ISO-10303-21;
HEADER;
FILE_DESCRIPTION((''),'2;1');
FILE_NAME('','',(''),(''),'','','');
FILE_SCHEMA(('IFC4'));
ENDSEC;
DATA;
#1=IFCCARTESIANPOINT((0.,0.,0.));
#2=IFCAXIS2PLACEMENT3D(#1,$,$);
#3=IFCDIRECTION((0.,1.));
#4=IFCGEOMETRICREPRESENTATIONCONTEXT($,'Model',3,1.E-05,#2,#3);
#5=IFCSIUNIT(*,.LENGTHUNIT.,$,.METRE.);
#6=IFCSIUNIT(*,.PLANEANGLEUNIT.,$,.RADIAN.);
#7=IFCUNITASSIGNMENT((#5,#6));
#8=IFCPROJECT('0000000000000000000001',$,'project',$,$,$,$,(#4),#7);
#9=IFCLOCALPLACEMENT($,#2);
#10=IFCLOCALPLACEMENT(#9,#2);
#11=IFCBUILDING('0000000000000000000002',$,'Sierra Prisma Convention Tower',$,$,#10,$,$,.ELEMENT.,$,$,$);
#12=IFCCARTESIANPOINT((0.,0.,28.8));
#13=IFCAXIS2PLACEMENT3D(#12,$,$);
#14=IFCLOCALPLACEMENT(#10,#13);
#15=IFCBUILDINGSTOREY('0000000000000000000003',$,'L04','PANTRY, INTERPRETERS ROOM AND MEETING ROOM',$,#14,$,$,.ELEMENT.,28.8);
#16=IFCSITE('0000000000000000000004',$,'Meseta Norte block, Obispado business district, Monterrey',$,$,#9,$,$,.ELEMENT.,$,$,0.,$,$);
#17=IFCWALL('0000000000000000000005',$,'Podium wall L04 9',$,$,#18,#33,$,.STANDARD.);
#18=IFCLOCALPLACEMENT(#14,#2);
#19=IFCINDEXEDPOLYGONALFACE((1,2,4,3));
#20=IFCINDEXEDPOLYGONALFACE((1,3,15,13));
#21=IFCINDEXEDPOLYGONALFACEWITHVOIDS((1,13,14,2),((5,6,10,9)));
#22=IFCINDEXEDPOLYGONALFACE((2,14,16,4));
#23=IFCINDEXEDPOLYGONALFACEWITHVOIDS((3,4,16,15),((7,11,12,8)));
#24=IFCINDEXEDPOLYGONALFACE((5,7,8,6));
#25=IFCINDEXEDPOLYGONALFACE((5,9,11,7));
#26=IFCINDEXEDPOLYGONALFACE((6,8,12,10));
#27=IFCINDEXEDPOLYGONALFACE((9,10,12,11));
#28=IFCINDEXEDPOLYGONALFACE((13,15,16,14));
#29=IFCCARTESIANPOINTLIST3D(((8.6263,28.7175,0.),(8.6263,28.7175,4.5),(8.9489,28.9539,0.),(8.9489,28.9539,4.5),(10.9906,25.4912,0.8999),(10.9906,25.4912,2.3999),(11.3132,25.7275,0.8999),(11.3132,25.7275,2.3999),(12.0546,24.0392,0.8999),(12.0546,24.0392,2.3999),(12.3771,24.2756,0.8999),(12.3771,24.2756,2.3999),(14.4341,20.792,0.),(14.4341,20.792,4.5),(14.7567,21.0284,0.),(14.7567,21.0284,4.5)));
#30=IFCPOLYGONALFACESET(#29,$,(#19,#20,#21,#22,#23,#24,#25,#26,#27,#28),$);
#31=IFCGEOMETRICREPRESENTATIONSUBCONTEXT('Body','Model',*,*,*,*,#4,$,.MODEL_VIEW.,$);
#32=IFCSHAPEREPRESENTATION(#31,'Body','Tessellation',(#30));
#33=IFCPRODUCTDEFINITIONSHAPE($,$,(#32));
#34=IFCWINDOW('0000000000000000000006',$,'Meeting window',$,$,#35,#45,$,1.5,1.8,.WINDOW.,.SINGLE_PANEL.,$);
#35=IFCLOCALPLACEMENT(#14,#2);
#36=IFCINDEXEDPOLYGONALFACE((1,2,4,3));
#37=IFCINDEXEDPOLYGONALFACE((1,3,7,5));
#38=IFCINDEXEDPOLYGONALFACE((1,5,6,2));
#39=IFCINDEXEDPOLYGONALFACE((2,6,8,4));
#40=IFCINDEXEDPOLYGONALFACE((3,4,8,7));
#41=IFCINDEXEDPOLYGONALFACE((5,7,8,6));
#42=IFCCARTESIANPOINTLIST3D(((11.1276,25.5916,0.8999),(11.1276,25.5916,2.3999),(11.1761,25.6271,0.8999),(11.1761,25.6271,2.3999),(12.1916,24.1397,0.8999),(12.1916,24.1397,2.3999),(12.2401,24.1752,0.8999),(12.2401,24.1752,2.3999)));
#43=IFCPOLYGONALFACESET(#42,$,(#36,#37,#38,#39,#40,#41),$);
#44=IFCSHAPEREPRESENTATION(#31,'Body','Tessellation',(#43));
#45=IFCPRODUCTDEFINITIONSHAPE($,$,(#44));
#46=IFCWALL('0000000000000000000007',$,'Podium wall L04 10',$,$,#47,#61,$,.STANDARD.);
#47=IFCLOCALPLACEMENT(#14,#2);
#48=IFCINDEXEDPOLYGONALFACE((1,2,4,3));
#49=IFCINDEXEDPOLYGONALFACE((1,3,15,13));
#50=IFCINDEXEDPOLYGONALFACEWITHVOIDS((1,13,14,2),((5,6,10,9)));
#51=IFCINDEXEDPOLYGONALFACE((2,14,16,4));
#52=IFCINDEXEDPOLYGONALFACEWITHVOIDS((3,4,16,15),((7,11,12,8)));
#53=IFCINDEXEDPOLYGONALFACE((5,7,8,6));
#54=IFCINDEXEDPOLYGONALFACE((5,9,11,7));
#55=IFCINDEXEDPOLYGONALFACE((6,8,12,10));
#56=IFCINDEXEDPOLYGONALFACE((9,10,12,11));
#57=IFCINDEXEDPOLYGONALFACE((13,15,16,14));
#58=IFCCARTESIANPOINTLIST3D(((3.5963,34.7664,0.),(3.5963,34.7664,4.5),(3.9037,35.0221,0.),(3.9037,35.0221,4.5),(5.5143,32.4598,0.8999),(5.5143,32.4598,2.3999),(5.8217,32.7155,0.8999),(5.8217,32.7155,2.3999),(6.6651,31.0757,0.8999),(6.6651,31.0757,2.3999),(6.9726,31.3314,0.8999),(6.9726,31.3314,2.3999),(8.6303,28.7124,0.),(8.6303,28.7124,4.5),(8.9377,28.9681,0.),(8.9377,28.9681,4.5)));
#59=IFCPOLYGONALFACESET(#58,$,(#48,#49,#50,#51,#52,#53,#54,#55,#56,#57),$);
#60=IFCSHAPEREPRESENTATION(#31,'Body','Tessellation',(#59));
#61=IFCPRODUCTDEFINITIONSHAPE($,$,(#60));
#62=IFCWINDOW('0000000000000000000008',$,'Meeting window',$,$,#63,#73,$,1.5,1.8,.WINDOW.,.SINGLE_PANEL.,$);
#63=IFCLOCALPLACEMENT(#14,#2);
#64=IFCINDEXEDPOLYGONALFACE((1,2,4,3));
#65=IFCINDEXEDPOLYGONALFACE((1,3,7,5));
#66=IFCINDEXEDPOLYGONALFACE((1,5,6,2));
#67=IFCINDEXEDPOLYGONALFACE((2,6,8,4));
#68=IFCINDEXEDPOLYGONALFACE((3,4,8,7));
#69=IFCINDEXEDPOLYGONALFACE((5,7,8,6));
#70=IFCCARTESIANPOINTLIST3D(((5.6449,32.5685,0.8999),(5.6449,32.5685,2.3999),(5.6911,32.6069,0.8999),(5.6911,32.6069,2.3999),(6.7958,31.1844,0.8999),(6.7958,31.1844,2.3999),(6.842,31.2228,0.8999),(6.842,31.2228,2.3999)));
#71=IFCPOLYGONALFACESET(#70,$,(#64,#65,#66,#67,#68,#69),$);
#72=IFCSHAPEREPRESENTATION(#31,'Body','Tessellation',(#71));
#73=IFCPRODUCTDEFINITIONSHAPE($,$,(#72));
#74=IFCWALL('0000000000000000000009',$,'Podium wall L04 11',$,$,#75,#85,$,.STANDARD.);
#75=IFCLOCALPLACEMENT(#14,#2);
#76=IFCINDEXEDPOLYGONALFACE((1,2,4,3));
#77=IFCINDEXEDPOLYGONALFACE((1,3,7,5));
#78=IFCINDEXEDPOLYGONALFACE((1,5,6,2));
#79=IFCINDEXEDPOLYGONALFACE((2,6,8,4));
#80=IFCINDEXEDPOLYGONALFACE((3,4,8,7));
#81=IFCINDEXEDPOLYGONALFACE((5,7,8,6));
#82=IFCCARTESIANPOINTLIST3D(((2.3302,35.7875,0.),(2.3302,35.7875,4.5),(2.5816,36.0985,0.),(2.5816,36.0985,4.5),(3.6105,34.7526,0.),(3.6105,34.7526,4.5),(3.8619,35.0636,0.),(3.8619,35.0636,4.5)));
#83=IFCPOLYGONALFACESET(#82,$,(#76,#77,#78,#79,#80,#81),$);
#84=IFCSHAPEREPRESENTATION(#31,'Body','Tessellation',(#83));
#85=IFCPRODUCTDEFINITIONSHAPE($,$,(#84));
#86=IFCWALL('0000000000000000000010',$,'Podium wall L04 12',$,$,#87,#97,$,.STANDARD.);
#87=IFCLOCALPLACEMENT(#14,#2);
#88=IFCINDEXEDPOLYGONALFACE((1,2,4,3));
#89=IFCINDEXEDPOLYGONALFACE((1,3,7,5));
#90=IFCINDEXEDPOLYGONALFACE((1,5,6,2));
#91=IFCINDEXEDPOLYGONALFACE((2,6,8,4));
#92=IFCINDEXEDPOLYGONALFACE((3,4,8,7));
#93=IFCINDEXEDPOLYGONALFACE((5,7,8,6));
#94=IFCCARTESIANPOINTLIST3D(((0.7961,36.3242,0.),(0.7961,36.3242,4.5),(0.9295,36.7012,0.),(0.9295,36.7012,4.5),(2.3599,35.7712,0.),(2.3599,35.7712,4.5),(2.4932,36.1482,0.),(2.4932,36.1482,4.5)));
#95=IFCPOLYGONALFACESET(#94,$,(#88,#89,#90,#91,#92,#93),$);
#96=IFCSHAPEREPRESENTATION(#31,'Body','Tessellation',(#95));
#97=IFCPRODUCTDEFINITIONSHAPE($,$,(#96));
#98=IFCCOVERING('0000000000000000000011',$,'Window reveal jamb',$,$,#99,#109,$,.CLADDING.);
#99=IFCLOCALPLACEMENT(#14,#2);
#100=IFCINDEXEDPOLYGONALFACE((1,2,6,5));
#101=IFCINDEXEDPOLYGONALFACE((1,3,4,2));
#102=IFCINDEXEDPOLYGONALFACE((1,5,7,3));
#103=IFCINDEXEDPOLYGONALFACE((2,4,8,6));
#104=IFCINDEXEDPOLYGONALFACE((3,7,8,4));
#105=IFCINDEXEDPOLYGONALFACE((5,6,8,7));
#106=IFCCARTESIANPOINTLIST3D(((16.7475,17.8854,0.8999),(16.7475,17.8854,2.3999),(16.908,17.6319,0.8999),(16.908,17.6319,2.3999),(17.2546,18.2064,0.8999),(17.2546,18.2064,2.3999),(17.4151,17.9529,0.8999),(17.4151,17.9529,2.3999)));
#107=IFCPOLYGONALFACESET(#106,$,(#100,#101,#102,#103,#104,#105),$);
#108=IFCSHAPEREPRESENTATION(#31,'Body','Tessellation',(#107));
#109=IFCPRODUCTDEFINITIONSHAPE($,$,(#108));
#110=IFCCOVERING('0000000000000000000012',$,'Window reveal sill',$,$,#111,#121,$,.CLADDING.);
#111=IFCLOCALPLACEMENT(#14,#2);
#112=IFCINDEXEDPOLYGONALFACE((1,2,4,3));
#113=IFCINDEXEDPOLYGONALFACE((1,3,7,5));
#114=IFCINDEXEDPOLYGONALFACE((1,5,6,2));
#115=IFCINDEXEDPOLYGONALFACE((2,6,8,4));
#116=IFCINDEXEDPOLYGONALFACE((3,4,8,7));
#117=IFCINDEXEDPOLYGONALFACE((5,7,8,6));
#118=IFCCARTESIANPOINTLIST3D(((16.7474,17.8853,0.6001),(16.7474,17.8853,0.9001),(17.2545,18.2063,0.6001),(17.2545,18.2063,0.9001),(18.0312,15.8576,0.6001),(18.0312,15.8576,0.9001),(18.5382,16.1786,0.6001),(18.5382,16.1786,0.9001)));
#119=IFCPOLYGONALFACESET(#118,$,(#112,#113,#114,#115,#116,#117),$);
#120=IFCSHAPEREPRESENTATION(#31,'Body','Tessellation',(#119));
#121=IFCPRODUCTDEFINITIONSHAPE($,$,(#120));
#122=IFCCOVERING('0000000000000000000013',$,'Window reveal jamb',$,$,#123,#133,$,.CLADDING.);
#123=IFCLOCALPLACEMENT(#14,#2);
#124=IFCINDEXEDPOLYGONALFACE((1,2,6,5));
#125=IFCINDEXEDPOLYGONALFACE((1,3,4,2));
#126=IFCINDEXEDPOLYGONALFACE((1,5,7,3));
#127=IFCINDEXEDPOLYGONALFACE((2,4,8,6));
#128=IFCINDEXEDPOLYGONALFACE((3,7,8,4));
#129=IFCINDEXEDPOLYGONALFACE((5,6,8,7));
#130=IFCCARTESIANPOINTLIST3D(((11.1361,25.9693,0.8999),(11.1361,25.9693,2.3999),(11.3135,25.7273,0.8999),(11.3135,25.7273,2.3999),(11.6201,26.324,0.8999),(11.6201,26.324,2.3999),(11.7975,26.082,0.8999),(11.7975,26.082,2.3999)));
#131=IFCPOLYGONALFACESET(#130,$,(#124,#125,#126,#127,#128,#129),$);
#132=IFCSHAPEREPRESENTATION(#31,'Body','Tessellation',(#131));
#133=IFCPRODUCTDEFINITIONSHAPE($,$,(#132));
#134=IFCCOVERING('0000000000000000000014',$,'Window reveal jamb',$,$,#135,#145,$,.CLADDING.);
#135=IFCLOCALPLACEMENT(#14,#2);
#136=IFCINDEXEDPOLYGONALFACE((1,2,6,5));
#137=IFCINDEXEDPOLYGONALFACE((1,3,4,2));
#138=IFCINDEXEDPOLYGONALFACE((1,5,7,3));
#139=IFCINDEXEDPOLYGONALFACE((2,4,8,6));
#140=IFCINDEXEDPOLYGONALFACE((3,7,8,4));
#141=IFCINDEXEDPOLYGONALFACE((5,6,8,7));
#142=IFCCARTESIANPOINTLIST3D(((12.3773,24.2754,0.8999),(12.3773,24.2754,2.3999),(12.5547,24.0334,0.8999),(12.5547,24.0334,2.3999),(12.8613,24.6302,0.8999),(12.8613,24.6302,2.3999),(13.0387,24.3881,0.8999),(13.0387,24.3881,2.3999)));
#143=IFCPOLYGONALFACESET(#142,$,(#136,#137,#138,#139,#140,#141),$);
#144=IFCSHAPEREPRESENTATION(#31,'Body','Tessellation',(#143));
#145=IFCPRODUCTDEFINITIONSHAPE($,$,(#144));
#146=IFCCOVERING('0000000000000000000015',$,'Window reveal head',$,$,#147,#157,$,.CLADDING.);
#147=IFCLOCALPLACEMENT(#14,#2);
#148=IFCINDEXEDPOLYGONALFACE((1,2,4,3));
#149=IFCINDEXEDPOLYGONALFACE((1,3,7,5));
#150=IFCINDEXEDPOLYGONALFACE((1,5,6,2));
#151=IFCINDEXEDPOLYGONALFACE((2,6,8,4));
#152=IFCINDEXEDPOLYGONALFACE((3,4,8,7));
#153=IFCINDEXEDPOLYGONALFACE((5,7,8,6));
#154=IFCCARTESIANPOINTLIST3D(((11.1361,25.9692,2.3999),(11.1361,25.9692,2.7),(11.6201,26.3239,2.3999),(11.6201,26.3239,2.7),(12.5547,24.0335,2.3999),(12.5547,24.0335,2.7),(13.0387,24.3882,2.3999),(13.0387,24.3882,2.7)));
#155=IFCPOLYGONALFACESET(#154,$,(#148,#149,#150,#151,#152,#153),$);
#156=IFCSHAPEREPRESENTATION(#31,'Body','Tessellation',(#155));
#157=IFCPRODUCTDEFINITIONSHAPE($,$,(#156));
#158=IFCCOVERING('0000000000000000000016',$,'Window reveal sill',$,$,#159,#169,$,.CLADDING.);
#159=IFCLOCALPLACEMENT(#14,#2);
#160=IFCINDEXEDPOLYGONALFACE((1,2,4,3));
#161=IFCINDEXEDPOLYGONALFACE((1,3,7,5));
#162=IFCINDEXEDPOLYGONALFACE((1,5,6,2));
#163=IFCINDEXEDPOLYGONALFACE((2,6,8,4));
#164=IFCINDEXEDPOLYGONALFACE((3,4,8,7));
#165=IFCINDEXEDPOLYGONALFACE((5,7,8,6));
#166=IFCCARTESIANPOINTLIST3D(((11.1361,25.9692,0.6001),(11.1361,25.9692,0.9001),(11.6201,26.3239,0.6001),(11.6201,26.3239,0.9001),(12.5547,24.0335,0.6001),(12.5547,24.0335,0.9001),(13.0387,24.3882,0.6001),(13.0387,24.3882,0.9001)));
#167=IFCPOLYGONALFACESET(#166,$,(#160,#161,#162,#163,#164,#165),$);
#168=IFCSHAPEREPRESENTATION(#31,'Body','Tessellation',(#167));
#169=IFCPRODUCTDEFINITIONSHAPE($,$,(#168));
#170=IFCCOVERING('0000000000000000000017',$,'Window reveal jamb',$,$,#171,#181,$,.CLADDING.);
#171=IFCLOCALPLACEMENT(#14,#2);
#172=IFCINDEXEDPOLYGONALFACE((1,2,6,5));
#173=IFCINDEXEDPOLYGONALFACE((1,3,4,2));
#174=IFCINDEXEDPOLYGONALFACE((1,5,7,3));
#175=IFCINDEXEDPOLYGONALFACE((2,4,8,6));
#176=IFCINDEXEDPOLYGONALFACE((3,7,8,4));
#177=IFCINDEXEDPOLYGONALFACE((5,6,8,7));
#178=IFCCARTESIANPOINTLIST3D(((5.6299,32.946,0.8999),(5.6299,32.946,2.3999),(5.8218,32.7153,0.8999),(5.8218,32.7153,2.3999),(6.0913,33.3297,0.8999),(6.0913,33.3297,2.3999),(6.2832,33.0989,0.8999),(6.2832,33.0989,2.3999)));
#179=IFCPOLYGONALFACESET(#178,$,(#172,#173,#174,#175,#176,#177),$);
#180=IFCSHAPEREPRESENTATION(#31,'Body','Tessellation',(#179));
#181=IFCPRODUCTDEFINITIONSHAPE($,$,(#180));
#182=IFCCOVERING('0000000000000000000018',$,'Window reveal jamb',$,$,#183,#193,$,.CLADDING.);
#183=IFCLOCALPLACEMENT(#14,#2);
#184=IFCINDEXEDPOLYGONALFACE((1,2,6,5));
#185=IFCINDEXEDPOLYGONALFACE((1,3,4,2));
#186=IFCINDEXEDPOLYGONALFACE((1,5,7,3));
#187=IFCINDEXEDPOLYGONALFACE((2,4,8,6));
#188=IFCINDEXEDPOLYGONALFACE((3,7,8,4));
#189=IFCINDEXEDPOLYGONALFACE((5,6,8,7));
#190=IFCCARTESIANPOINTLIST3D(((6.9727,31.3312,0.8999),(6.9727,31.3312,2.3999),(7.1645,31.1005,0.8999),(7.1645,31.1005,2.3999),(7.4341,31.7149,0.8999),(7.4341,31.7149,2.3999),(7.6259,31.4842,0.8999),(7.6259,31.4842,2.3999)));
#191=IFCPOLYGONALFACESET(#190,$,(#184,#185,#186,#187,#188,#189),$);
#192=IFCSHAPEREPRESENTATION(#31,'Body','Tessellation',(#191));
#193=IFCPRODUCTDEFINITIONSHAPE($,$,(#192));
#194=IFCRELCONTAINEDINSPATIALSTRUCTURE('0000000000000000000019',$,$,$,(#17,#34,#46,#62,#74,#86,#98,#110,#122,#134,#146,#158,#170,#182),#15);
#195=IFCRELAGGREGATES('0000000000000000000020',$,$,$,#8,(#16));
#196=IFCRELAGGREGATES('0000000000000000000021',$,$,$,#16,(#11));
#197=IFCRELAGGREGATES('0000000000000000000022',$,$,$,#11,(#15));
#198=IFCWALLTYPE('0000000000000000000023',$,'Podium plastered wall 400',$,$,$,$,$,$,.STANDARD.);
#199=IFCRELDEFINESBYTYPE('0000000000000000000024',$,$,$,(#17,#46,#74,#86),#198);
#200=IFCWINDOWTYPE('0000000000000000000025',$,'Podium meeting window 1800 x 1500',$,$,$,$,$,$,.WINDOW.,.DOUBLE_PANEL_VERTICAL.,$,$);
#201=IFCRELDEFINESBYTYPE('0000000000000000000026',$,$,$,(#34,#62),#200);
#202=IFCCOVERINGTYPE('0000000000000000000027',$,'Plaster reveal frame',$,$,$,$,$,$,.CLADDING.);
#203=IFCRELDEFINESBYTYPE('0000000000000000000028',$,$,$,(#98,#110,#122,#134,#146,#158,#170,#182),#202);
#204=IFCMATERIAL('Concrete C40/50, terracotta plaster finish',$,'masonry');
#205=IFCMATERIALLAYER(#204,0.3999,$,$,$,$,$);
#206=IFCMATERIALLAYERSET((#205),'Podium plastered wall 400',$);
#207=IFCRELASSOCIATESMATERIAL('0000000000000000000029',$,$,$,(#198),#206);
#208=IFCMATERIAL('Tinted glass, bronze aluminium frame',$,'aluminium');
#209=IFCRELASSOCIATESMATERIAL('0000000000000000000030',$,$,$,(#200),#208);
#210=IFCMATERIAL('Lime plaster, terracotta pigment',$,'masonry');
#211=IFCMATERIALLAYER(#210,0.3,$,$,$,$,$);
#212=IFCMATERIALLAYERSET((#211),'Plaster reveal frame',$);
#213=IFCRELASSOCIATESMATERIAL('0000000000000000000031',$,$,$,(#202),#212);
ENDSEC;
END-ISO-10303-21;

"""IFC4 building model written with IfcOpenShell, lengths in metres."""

from ifc_helpers import new_model, si_unit, direction, frame, frame_2d, origin, origin_2d, place, context, subcontext, project, spatial, rectangle, extrude, material, layer, layer_set, type_object, element, fill, save


model = new_model("IFC4")

# Units and contexts
model_context = context("Model", 3, precision=1e-05, world=origin(), true_north=direction((0.0, 1.0)))
body_context = subcontext(model_context, "Body", "Model", "MODEL_VIEW")
ifc_project = project(units=[si_unit("LENGTHUNIT", "METRE"), si_unit("PLANEANGLEUNIT", "RADIAN")], contexts=[model_context])

# Site, building, storey
site_placement = place(None, origin())
site = spatial("IfcSite", under=ifc_project, at=site_placement, Name="Meseta Norte block, Obispado business district, Monterrey", CompositionType="ELEMENT", RefElevation=0.0)
building_placement = place(site_placement, origin())
building = spatial("IfcBuilding", under=site, at=building_placement, Name="Sierra Prisma Convention Tower", CompositionType="ELEMENT")
storey_placement = place(building_placement, frame((0.0, 0.0, 28.8)))
storey = spatial("IfcBuildingStorey", under=building, at=storey_placement, Name="L04", Description="PANTRY, INTERPRETERS ROOM AND MEETING ROOM", CompositionType="ELEMENT", Elevation=28.8)

# Walls, openings, windows
ifc_material_1 = material(Name="Concrete C40/50, terracotta plaster finish", Category="masonry")
ifc_layer_1 = layer(ifc_material_1, 0.3999)
ifc_layer_set_1 = layer_set([ifc_layer_1], Name="Podium plastered wall 400")
wall_type = type_object("IfcWallType", Name="Podium plastered wall 400", PredefinedType="STANDARD", material=ifc_layer_set_1)
ifc_material_2 = material(Name="Tinted glass, bronze aluminium frame", Category="aluminium")
window_type = type_object("IfcWindowType", Name="Podium meeting window 1800 x 1500", PartitioningType="DOUBLE_PANEL_VERTICAL", PredefinedType="WINDOW", material=ifc_material_2)
wall_1_placement = place(storey_placement, frame((8.7876, 28.8357, 0.0), z_axis=(0.0, 0.0, 1.0), x_axis=(0.591086, -0.806609, 0.0)))
wall_1 = element("IfcWall", 1, at=wall_1_placement, inside=storey, type_object=wall_type, Name="Podium wall L04 9", PredefinedType="STANDARD", context=body_context, shape_type="SweptSolid", body=[
    extrude(rectangle(XDim=9.8257, YDim=0.3999, at=frame_2d((4.9128, 0.0))), origin(), (0.0, 0.0, 1.0), 4.5),
])
opening_1_placement = place(wall_1_placement, frame((4.0, 0.0, 0.8999)))
opening_1 = element("IfcOpeningElement", 2, at=opening_1_placement, cuts=wall_1, PredefinedType="OPENING", context=body_context, shape_type="SweptSolid", body=[
    extrude(rectangle(XDim=1.8, YDim=1.5, at=frame_2d((0.8999, 0.75))), frame((0.0, 0.2, 0.0), z_axis=(0.0, -1.0, 0.0), x_axis=(1.0, 0.0, 0.0)), (0.0, 0.0, 1.0), 0.3999),
])
window_1_placement = place(opening_1_placement, origin())
window_1 = element("IfcWindow", 3, at=window_1_placement, inside=storey, type_object=window_type, Name="Meeting window", OverallHeight=1.5, OverallWidth=1.8, PartitioningType="SINGLE_PANEL", PredefinedType="WINDOW", context=body_context, shape_type="SweptSolid", body=[
    extrude(rectangle(XDim=1.8, YDim=1.5, at=frame_2d((0.8999, 0.75))), frame((0.0, 0.03, 0.0), z_axis=(0.0, -1.0, 0.0), x_axis=(1.0, 0.0, 0.0)), (0.0, 0.0, 1.0), 0.0601),
])
fill(opening_1, window_1)
wall_2_placement = place(storey_placement, frame((3.75, 34.8943, 0.0), z_axis=(0.0, 0.0, 1.0), x_axis=(0.639357, -0.76891, 0.0)))
wall_2 = element("IfcWall", 4, at=wall_2_placement, inside=storey, type_object=wall_type, Name="Podium wall L04 10", PredefinedType="STANDARD", context=body_context, shape_type="SweptSolid", body=[
    extrude(rectangle(XDim=7.8735, YDim=0.3999, at=frame_2d((3.9368, 0.0))), origin(), (0.0, 0.0, 1.0), 4.5),
])
opening_2_placement = place(wall_2_placement, frame((3.0, 0.0, 0.8999)))
opening_2 = element("IfcOpeningElement", 5, at=opening_2_placement, cuts=wall_2, PredefinedType="OPENING", context=body_context, shape_type="SweptSolid", body=[
    extrude(rectangle(XDim=1.8, YDim=1.5, at=frame_2d((0.8999, 0.75))), frame((0.0, 0.2, 0.0), z_axis=(0.0, -1.0, 0.0), x_axis=(1.0, 0.0, 0.0)), (0.0, 0.0, 1.0), 0.3999),
])
window_2_placement = place(opening_2_placement, origin())
window_2 = element("IfcWindow", 6, at=window_2_placement, inside=storey, type_object=window_type, Name="Meeting window", OverallHeight=1.5, OverallWidth=1.8, PartitioningType="SINGLE_PANEL", PredefinedType="WINDOW", context=body_context, shape_type="SweptSolid", body=[
    extrude(rectangle(XDim=1.8, YDim=1.5, at=frame_2d((0.8999, 0.75))), frame((0.0, 0.03, 0.0), z_axis=(0.0, -1.0, 0.0), x_axis=(1.0, 0.0, 0.0)), (0.0, 0.0, 1.0), 0.0601),
])
fill(opening_2, window_2)

# Walls
wall_3_placement = place(storey_placement, frame((2.4558, 35.9431, 0.0), z_axis=(0.0, 0.0, 1.0), x_axis=(0.77769, -0.628648, 0.0)))
element("IfcWall", 7, at=wall_3_placement, inside=storey, type_object=wall_type, Name="Podium wall L04 11", PredefinedType="STANDARD", context=body_context, shape_type="SweptSolid", body=[
    extrude(rectangle(XDim=1.6462, YDim=0.3999, at=frame_2d((0.8232, 0.0))), origin(), (0.0, 0.0, 1.0), 4.5),
])
wall_4_placement = place(storey_placement, frame((0.8628, 36.5127, 0.0), z_axis=(0.0, 0.0, 1.0), x_axis=(0.942786, -0.333398, 0.0)))
element("IfcWall", 8, at=wall_4_placement, inside=storey, type_object=wall_type, Name="Podium wall L04 12", PredefinedType="STANDARD", context=body_context, shape_type="SweptSolid", body=[
    extrude(rectangle(XDim=1.6587, YDim=0.3999, at=frame_2d((0.8293, 0.0))), origin(), (0.0, 0.0, 1.0), 4.5),
])

# Coverings
ifc_material_3 = material(Name="Lime plaster, terracotta pigment", Category="masonry")
ifc_layer_2 = layer(ifc_material_3, 0.3)
ifc_layer_set_2 = layer_set([ifc_layer_2], Name="Plaster reveal frame")
covering_type = type_object("IfcCoveringType", Name="Plaster reveal frame", PredefinedType="CLADDING", material=ifc_layer_set_2)
covering_1_placement = place(storey_placement, frame((17.0813, 17.9192, 0.8999), z_axis=(0.0, 0.0, 1.0), x_axis=(0.534914, -0.844906, 0.0)))
element("IfcCovering", 9, at=covering_1_placement, inside=storey, type_object=covering_type, Name="Window reveal jamb", PredefinedType="CLADDING", context=body_context, shape_type="SweptSolid", body=[
    extrude(rectangle(XDim=0.3, YDim=0.6001, at=origin_2d()), origin(), (0.0, 0.0, 1.0), 1.5),
])
covering_2_placement = place(storey_placement, frame((17.6428, 17.032, 0.6001), z_axis=(0.0, 0.0, 1.0), x_axis=(0.534914, -0.844906, 0.0)))
element("IfcCovering", 10, at=covering_2_placement, inside=storey, type_object=covering_type, Name="Window reveal sill", PredefinedType="CLADDING", context=body_context, shape_type="SweptSolid", body=[
    extrude(rectangle(XDim=2.3999, YDim=0.6001, at=origin_2d()), origin(), (0.0, 0.0, 1.0), 0.3),
])
for number, where, z_axis, x_axis, name in (
    (11, (11.4668, 26.0256, 0.8999), (0.0, 0.0, 1.0), (0.591099, -0.806599, 0.0), "Window reveal jamb"),
    (12, (12.708, 24.3318, 0.8999), (0.0, 0.0, 1.0), (0.591099, -0.806599, 0.0), "Window reveal jamb"),
):
    element("IfcCovering", number, at=place(storey_placement, frame(where, z_axis=z_axis, x_axis=x_axis)), inside=storey, type_object=covering_type, Name=name, PredefinedType="CLADDING", context=body_context, shape_type="SweptSolid", body=[
        extrude(rectangle(XDim=0.3, YDim=0.6001, at=origin_2d()), origin(), (0.0, 0.0, 1.0), 1.5),
    ])
for number, where, z_axis, x_axis, name in (
    (13, (12.0874, 25.1787, 2.3999), (0.0, 0.0, 1.0), (0.591099, -0.806599, 0.0), "Window reveal head"),
    (14, (12.0874, 25.1787, 0.6001), (0.0, 0.0, 1.0), (0.591099, -0.806599, 0.0), "Window reveal sill"),
):
    element("IfcCovering", number, at=place(storey_placement, frame(where, z_axis=z_axis, x_axis=x_axis)), inside=storey, type_object=covering_type, Name=name, PredefinedType="CLADDING", context=body_context, shape_type="SweptSolid", body=[
        extrude(rectangle(XDim=2.3999, YDim=0.6001, at=origin_2d()), origin(), (0.0, 0.0, 1.0), 0.3),
    ])
for number, where, z_axis, x_axis, name in (
    (15, (5.9565, 33.0225, 0.8999), (0.0, 0.0, 1.0), (0.639358, -0.768909, 0.0), "Window reveal jamb"),
    (16, (7.2993, 31.4077, 0.8999), (0.0, 0.0, 1.0), (0.639358, -0.768909, 0.0), "Window reveal jamb"),
):
    element("IfcCovering", number, at=place(storey_placement, frame(where, z_axis=z_axis, x_axis=x_axis)), inside=storey, type_object=covering_type, Name=name, PredefinedType="CLADDING", context=body_context, shape_type="SweptSolid", body=[
        extrude(rectangle(XDim=0.3, YDim=0.6001, at=origin_2d()), origin(), (0.0, 0.0, 1.0), 1.5),
    ])

save(model, "model.ifc")
